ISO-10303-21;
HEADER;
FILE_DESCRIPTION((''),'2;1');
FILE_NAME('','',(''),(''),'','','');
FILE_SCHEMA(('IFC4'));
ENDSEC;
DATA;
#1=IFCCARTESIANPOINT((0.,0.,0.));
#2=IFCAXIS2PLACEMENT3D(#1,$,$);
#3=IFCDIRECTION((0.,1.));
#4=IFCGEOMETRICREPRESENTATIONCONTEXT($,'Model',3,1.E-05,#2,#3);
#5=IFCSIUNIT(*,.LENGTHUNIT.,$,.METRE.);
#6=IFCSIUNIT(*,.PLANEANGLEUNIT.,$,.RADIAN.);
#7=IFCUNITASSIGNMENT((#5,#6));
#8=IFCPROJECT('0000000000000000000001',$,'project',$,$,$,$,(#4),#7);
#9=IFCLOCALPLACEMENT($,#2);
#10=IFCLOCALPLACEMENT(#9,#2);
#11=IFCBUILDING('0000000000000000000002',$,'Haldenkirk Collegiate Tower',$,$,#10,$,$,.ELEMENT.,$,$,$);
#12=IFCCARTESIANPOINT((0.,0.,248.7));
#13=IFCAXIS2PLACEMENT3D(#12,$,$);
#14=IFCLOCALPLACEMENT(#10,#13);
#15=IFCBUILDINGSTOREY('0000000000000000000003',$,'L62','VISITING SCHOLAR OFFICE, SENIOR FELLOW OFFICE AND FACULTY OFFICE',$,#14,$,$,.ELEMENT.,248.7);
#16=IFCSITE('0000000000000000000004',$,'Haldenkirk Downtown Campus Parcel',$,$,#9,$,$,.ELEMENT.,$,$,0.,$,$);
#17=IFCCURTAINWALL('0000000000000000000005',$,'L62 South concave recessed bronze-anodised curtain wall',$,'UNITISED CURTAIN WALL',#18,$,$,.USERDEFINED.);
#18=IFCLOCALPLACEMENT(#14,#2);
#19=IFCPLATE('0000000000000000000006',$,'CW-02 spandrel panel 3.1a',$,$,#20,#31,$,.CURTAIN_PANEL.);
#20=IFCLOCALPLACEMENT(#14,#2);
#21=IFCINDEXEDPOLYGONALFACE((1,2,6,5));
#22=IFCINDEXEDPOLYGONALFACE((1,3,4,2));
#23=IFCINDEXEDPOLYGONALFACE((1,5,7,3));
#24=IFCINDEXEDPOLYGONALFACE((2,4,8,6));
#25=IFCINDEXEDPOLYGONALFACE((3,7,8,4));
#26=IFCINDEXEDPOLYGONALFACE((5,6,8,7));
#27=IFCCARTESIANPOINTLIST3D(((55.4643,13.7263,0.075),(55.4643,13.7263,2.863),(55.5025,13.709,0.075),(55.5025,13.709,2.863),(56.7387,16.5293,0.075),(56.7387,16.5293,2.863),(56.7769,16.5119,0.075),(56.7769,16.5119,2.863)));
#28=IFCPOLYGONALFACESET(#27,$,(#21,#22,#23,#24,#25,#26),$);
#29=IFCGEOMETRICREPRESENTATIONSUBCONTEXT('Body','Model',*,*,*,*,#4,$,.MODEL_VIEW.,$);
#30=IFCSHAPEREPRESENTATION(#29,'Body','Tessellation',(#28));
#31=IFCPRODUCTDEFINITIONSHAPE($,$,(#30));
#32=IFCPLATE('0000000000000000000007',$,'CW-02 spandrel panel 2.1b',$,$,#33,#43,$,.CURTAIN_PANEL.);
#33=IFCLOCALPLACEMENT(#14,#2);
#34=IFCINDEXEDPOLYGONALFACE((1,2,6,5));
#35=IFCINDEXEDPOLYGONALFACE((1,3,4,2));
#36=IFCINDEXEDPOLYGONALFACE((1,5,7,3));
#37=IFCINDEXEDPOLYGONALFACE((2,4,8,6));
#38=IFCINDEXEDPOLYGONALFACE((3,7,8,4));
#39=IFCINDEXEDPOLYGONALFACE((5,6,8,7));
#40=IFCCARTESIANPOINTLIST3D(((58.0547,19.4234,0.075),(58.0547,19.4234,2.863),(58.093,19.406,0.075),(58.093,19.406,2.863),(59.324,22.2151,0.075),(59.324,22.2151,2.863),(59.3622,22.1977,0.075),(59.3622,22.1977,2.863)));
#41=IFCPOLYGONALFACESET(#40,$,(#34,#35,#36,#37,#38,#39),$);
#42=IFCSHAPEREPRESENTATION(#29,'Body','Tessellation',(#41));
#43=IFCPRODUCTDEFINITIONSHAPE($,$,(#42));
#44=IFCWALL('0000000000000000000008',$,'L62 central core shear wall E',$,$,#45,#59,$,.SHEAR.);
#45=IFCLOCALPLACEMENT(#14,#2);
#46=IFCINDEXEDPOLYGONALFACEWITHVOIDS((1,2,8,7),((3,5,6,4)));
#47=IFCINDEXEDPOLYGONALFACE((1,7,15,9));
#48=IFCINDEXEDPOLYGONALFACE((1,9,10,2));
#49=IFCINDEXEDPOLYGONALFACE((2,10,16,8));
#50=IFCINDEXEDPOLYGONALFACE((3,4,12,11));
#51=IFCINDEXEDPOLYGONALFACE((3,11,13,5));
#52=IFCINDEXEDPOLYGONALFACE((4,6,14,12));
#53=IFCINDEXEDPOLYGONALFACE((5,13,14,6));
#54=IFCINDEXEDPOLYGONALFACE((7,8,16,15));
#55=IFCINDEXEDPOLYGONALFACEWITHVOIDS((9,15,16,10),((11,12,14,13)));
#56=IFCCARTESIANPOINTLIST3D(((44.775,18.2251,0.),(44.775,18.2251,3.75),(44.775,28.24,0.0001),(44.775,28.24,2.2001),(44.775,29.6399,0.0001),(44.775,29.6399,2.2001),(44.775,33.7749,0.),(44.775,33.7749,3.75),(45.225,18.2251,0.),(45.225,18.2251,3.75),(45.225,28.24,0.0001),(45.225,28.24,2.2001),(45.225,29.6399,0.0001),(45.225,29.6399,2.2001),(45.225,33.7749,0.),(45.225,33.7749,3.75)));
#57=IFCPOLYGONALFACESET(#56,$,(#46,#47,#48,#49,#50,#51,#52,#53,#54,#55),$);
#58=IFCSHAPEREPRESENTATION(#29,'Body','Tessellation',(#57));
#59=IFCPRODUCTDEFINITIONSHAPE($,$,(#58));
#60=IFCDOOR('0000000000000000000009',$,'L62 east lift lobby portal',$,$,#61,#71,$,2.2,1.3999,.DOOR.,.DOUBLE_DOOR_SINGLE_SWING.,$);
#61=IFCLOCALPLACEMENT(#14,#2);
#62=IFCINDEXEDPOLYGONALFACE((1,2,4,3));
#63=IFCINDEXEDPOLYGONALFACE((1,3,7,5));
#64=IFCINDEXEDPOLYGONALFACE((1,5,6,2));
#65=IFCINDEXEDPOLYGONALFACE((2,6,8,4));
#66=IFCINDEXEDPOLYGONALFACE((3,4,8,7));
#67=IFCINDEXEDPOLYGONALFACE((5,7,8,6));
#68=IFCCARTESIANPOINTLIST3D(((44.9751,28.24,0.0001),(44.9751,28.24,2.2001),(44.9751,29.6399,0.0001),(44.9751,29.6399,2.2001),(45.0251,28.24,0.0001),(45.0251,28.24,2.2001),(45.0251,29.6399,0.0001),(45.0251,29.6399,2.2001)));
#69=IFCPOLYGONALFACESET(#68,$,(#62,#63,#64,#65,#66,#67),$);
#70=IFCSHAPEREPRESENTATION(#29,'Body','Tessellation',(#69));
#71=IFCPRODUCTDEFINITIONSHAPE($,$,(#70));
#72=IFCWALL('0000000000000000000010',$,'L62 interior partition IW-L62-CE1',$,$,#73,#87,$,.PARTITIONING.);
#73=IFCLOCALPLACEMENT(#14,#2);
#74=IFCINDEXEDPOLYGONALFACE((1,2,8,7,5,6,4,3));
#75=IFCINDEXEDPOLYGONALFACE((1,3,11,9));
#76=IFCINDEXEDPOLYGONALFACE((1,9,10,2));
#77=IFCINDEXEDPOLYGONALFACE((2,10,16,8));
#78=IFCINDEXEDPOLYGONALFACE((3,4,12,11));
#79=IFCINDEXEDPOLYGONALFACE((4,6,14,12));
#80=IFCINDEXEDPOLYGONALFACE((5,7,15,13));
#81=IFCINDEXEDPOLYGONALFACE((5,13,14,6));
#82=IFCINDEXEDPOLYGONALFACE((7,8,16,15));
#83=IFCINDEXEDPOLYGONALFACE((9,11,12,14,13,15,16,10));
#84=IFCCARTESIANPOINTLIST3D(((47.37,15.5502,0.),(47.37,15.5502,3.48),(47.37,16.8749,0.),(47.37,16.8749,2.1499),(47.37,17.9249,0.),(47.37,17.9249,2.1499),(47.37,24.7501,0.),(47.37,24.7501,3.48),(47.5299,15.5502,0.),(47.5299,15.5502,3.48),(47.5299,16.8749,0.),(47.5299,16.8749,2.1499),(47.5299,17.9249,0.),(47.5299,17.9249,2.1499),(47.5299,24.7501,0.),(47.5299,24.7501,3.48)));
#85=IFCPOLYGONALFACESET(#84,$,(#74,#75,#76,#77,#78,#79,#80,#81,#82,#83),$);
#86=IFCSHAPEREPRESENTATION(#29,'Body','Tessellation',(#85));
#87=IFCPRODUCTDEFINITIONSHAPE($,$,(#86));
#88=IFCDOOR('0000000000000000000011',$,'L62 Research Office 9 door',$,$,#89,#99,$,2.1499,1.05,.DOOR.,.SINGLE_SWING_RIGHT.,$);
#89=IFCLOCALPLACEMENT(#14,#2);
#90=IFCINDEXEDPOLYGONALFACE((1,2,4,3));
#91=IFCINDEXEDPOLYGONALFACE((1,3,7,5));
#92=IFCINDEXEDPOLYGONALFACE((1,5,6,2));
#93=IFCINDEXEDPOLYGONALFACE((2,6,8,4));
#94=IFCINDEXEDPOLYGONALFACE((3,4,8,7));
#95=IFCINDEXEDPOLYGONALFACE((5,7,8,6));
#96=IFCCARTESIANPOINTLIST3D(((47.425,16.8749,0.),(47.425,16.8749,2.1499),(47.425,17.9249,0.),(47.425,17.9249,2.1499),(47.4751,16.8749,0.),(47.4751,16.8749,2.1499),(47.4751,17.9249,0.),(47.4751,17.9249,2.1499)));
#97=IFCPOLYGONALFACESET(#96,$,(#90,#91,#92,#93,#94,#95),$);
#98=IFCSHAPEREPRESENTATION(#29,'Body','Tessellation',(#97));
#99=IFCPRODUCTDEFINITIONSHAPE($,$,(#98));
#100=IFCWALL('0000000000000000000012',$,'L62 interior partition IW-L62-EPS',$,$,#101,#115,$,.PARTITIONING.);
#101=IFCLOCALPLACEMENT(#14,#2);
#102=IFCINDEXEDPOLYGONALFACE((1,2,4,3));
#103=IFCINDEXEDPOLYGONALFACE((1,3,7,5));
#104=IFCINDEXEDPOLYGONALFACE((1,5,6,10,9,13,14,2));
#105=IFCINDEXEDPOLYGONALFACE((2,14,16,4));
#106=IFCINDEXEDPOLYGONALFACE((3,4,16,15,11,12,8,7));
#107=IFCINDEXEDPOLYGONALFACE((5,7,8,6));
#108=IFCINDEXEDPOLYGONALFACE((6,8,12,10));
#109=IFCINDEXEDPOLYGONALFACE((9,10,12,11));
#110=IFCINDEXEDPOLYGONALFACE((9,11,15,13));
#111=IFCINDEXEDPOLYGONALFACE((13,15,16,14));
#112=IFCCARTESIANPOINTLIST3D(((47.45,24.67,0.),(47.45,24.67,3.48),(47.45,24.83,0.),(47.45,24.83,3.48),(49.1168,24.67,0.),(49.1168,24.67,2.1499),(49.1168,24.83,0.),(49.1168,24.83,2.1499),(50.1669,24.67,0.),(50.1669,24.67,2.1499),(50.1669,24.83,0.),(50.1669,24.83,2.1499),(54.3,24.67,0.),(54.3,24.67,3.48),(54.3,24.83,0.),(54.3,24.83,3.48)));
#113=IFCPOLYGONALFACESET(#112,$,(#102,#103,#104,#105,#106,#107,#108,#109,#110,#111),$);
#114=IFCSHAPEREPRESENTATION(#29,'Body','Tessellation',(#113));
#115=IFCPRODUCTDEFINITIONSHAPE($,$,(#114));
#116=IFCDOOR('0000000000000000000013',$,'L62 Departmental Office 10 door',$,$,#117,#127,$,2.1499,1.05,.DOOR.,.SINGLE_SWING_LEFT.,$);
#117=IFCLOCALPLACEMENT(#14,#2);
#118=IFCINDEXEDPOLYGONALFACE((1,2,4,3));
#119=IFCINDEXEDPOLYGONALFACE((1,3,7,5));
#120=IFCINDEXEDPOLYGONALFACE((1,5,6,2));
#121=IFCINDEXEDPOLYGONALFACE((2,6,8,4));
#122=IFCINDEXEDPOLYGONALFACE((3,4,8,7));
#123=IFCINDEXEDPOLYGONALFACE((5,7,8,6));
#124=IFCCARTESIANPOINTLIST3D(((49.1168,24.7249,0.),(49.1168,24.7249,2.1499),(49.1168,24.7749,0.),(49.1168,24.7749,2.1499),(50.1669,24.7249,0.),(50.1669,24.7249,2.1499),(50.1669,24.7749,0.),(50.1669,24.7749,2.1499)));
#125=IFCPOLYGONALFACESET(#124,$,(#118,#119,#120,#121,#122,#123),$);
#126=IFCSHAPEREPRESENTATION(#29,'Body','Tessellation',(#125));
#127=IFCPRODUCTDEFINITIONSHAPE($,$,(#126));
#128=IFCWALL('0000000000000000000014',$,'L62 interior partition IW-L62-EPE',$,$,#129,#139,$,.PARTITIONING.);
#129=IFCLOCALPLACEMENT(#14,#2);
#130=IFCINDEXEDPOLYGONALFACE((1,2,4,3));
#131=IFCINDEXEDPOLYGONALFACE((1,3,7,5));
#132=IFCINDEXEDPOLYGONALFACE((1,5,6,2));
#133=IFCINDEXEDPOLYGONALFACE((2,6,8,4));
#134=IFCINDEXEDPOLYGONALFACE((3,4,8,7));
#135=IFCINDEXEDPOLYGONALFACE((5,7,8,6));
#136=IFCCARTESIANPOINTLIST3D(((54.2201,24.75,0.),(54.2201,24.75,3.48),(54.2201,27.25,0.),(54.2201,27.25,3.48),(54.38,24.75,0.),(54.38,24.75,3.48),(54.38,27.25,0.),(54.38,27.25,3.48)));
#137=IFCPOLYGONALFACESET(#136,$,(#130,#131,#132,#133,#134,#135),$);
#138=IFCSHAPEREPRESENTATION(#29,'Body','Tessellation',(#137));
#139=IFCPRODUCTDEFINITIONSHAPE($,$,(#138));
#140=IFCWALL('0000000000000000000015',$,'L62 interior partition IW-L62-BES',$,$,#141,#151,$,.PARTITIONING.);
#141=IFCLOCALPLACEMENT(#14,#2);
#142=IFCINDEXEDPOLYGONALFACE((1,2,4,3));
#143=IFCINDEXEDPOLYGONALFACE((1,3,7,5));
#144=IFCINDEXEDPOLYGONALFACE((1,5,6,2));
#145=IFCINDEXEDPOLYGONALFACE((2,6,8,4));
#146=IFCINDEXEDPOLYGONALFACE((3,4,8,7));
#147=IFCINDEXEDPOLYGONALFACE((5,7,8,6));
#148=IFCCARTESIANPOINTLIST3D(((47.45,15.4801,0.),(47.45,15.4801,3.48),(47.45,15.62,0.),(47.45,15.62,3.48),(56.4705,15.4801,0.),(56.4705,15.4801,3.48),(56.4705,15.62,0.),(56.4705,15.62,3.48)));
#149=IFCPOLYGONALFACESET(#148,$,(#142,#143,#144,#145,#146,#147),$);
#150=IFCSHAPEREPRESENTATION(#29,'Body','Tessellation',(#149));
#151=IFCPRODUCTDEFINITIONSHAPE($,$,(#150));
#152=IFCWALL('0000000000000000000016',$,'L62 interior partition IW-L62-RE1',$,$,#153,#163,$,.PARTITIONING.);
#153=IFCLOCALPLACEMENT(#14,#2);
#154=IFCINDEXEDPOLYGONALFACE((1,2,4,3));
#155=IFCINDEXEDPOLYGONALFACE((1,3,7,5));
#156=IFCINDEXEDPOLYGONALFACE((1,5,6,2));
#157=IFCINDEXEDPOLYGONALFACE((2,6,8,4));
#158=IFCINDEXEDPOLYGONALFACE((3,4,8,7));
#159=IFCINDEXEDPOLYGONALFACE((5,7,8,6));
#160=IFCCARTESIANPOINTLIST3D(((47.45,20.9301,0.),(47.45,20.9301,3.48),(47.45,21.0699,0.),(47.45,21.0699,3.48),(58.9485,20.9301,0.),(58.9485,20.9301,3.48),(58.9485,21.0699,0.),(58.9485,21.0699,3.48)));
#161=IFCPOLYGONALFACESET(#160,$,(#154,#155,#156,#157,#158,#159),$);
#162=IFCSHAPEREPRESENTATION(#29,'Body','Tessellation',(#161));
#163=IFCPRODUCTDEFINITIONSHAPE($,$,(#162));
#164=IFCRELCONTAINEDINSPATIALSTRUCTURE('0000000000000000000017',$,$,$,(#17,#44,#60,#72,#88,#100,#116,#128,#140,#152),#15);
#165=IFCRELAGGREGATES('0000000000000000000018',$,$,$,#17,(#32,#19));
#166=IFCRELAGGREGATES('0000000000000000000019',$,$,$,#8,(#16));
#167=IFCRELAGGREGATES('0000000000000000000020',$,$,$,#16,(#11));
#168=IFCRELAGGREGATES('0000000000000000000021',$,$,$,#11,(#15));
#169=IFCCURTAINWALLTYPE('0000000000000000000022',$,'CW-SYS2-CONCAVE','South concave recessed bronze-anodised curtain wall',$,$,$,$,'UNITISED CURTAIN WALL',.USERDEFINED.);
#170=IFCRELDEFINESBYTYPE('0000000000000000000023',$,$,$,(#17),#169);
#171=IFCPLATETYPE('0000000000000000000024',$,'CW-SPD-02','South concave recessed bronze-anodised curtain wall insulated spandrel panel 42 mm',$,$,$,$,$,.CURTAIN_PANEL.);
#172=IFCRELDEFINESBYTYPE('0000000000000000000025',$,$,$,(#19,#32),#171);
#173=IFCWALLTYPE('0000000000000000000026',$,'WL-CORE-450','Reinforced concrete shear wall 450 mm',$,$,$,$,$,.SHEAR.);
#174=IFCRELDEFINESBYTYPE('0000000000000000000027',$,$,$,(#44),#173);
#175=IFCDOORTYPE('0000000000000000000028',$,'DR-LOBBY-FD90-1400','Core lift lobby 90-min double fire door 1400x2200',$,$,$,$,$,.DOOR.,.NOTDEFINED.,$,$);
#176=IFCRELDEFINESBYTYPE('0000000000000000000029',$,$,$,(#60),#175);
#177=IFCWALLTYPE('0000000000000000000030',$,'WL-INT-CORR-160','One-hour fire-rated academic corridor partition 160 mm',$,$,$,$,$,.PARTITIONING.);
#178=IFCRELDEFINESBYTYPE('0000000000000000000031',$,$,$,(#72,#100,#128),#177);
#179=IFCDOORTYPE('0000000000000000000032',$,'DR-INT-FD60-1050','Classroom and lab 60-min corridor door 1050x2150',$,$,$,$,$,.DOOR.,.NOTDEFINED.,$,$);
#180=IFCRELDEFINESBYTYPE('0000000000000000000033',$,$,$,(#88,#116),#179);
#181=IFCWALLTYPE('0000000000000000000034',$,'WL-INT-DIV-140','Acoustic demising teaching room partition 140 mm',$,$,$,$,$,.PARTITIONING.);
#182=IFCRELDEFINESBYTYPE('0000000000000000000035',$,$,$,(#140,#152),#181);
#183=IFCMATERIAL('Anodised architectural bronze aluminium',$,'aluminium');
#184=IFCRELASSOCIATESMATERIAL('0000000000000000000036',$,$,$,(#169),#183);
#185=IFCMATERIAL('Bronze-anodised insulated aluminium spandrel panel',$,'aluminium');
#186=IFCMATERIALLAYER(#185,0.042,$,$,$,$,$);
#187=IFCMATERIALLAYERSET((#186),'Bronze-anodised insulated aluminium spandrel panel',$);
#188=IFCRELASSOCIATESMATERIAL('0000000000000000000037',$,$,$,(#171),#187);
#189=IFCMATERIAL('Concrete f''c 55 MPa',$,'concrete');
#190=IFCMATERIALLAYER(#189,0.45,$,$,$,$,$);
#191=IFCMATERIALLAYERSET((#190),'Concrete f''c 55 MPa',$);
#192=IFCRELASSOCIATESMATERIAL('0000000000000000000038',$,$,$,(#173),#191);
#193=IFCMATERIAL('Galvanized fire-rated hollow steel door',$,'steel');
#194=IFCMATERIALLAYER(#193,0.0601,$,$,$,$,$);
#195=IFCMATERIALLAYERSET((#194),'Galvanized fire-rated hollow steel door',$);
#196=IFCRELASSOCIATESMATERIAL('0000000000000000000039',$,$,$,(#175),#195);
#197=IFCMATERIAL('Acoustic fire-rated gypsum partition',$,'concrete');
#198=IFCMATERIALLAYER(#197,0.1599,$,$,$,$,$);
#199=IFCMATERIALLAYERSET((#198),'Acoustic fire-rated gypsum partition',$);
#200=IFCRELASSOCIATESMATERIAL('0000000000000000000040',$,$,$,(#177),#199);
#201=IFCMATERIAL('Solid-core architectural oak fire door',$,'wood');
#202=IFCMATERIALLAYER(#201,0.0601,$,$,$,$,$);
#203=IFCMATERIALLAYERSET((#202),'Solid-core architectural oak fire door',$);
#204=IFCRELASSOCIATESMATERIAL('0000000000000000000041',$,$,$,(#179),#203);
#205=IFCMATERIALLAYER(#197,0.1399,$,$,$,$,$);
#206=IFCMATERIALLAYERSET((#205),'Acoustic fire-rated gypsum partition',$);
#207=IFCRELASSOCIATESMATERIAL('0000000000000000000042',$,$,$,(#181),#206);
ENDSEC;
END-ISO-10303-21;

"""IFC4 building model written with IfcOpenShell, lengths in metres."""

from ifc_helpers import new_model, si_unit, direction, frame, frame_2d, origin, origin_2d, place, context, subcontext, project, spatial, rectangle, extrude, source, transform, mapped, material, layer, layer_set, type_object, element, fill, aggregate, save


model = new_model("IFC4")

# Units and contexts
model_context = context("Model", 3, precision=1e-05, world=origin(), true_north=direction((0.0, 1.0)))
body_context = subcontext(model_context, "Body", "Model", "MODEL_VIEW")
ifc_project = project(units=[si_unit("LENGTHUNIT", "METRE"), si_unit("PLANEANGLEUNIT", "RADIAN")], contexts=[model_context])

# Site, building, storey
site_placement = place(None, origin())
site = spatial("IfcSite", under=ifc_project, at=site_placement, Name="Haldenkirk Downtown Campus Parcel", CompositionType="ELEMENT", RefElevation=0.0)
building_placement = place(site_placement, origin())
building = spatial("IfcBuilding", under=site, at=building_placement, Name="Haldenkirk Collegiate Tower", CompositionType="ELEMENT")
storey_placement = place(building_placement, frame((0.0, 0.0, 248.7)))
storey = spatial("IfcBuildingStorey", under=building, at=storey_placement, Name="L62", Description="VISITING SCHOLAR OFFICE, SENIOR FELLOW OFFICE AND FACULTY OFFICE", CompositionType="ELEMENT", Elevation=248.7)

# Curtain wall, plates
ifc_material_1 = material(Name="Anodised architectural bronze aluminium", Category="aluminium")
curtain_wall_type = type_object("IfcCurtainWallType", Name="CW-SYS2-CONCAVE", Description="South concave recessed bronze-anodised curtain wall", ElementType="UNITISED CURTAIN WALL", PredefinedType="USERDEFINED", material=ifc_material_1)
curtain_wall_placement = place(storey_placement, origin())
curtain_wall = element("IfcCurtainWall", 1, at=curtain_wall_placement, inside=storey, type_object=curtain_wall_type, Name="L62 South concave recessed bronze-anodised curtain wall", ObjectType="UNITISED CURTAIN WALL", PredefinedType="USERDEFINED")
shared_shape_1 = source(origin(), body_context, "Body", "SweptSolid", [
    extrude(rectangle(XDim=3.0791, YDim=0.042, at=origin_2d()), origin(), (0.0, 0.0, 1.0), 2.7881),
])
ifc_material_2 = material(Name="Bronze-anodised insulated aluminium spandrel panel", Category="aluminium")
ifc_layer_1 = layer(ifc_material_2, 0.042)
ifc_layer_set_1 = layer_set([ifc_layer_1], Name="Bronze-anodised insulated aluminium spandrel panel")
plate_type_1 = type_object("IfcPlateType", Name="CW-SPD-02", Description="South concave recessed bronze-anodised curtain wall insulated spandrel panel 42 mm", PredefinedType="CURTAIN_PANEL", material=ifc_layer_set_1)
plate_1_placement = place(storey_placement, frame((56.1206, 15.1191, 0.075), z_axis=(0.0, 0.0, 1.0), x_axis=(-0.413898, -0.910323, 0.0)))
plate_1 = element("IfcPlate", 2, at=plate_1_placement, type_object=plate_type_1, Name="CW-02 spandrel panel 3.1a", PredefinedType="CURTAIN_PANEL", context=body_context, shape_type="MappedRepresentation", body=[
    mapped(shared_shape_1, transform((0.0, 0.0, 0.0), x_axis=(1.0, 0.0, 0.0), y_axis=(0.0, 1.0, 0.0), z_axis=(0.0, 0.0, 1.0), scale=1.0)),
])
shared_shape_2 = source(origin(), body_context, "Body", "SweptSolid", [
    extrude(rectangle(XDim=3.0667, YDim=0.042, at=origin_2d()), origin(), (0.0, 0.0, 1.0), 2.7881),
])
plate_2_placement = place(storey_placement, frame((58.7085, 20.8105, 0.075), z_axis=(0.0, 0.0, 1.0), x_axis=(-0.413898, -0.910323, 0.0)))
plate_2 = element("IfcPlate", 3, at=plate_2_placement, type_object=plate_type_1, Name="CW-02 spandrel panel 2.1b", PredefinedType="CURTAIN_PANEL", context=body_context, shape_type="MappedRepresentation", body=[
    mapped(shared_shape_2, transform((0.0, 0.0, 0.0), x_axis=(1.0, 0.0, 0.0), y_axis=(0.0, 1.0, 0.0), z_axis=(0.0, 0.0, 1.0), scale=1.0)),
])
aggregate(curtain_wall, [plate_2, plate_1])

# Walls, openings, doors
ifc_material_3 = material(Name="Concrete f'c 55 MPa", Category="concrete")
ifc_layer_2 = layer(ifc_material_3, 0.45)
ifc_layer_set_2 = layer_set([ifc_layer_2], Name="Concrete f'c 55 MPa")
wall_type_1 = type_object("IfcWallType", Name="WL-CORE-450", Description="Reinforced concrete shear wall 450 mm", PredefinedType="SHEAR", material=ifc_layer_set_2)
wall_1_placement = place(storey_placement, frame((45.0, 18.2251, 0.0), z_axis=(0.0, 0.0, 1.0), x_axis=(0.0, 1.0, 0.0)))
wall_1 = element("IfcWall", 4, at=wall_1_placement, inside=storey, type_object=wall_type_1, Name="L62 central core shear wall E", PredefinedType="SHEAR", context=body_context, shape_type="SweptSolid", body=[
    extrude(rectangle(XDim=15.5498, YDim=0.45, at=frame_2d((7.7749, 0.0))), origin(), (0.0, 0.0, 1.0), 3.75),
])
opening_1_placement = place(wall_1_placement, frame((10.0149, 0.0, 0.0)))
opening_1 = element("IfcOpeningElement", 5, at=opening_1_placement, cuts=wall_1, PredefinedType="OPENING", context=body_context, shape_type="SweptSolid", body=[
    extrude(rectangle(XDim=1.3999, YDim=2.2, at=frame_2d((0.7, 1.1001))), frame((0.0, 0.2349, 0.0), z_axis=(0.0, -1.0, 0.0), x_axis=(1.0, 0.0, 0.0)), (0.0, 0.0, 1.0), 0.47),
])
ifc_material_4 = material(Name="Galvanized fire-rated hollow steel door", Category="steel")
ifc_layer_3 = layer(ifc_material_4, 0.0601)
ifc_layer_set_3 = layer_set([ifc_layer_3], Name="Galvanized fire-rated hollow steel door")
door_type_1 = type_object("IfcDoorType", Name="DR-LOBBY-FD90-1400", Description="Core lift lobby 90-min double fire door 1400x2200", OperationType="NOTDEFINED", PredefinedType="DOOR", material=ifc_layer_set_3)
door_1_placement = place(opening_1_placement, origin())
door_1 = element("IfcDoor", 6, at=door_1_placement, inside=storey, type_object=door_type_1, Name="L62 east lift lobby portal", OperationType="DOUBLE_DOOR_SINGLE_SWING", OverallHeight=2.2, OverallWidth=1.3999, PredefinedType="DOOR", context=body_context, shape_type="SweptSolid", body=[
    extrude(rectangle(XDim=1.3999, YDim=2.2, at=frame_2d((0.7, 1.1001))), frame((0.0, 0.0249, 0.0), z_axis=(0.0, -1.0, 0.0), x_axis=(1.0, 0.0, 0.0)), (0.0, 0.0, 1.0), 0.05),
])
fill(opening_1, door_1)
ifc_material_5 = material(Name="Acoustic fire-rated gypsum partition", Category="concrete")
ifc_layer_4 = layer(ifc_material_5, 0.1599)
ifc_layer_set_4 = layer_set([ifc_layer_4], Name="Acoustic fire-rated gypsum partition")
wall_type_2 = type_object("IfcWallType", Name="WL-INT-CORR-160", Description="One-hour fire-rated academic corridor partition 160 mm", PredefinedType="PARTITIONING", material=ifc_layer_set_4)
wall_2_placement = place(storey_placement, frame((47.45, 15.55, 0.0), z_axis=(0.0, 0.0, 1.0), x_axis=(0.0, 1.0, 0.0)))
wall_2 = element("IfcWall", 7, at=wall_2_placement, inside=storey, type_object=wall_type_2, Name="L62 interior partition IW-L62-CE1", PredefinedType="PARTITIONING", context=body_context, shape_type="SweptSolid", body=[
    extrude(rectangle(XDim=9.2, YDim=0.1599, at=frame_2d((4.6001, 0.0))), origin(), (0.0, 0.0, 1.0), 3.48),
])
opening_2_placement = place(wall_2_placement, frame((1.325, 0.0, 0.0)))
opening_2 = element("IfcOpeningElement", 8, at=opening_2_placement, cuts=wall_2, PredefinedType="OPENING", context=body_context, shape_type="SweptSolid", body=[
    extrude(rectangle(XDim=1.05, YDim=2.1499, at=frame_2d((0.5249, 1.075))), frame((0.0, 0.0898, 0.0), z_axis=(0.0, -1.0, 0.0), x_axis=(1.0, 0.0, 0.0)), (0.0, 0.0, 1.0), 0.1799),
])
ifc_material_6 = material(Name="Solid-core architectural oak fire door", Category="wood")
ifc_layer_5 = layer(ifc_material_6, 0.0601)
ifc_layer_set_5 = layer_set([ifc_layer_5], Name="Solid-core architectural oak fire door")
door_type_2 = type_object("IfcDoorType", Name="DR-INT-FD60-1050", Description="Classroom and lab 60-min corridor door 1050x2150", OperationType="NOTDEFINED", PredefinedType="DOOR", material=ifc_layer_set_5)
door_2_placement = place(opening_2_placement, origin())
door_2 = element("IfcDoor", 9, at=door_2_placement, inside=storey, type_object=door_type_2, Name="L62 Research Office 9 door", OperationType="SINGLE_SWING_RIGHT", OverallHeight=2.1499, OverallWidth=1.05, PredefinedType="DOOR", context=body_context, shape_type="SweptSolid", body=[
    extrude(rectangle(XDim=1.05, YDim=2.1499, at=frame_2d((0.5249, 1.075))), frame((0.0, 0.0249, 0.0), z_axis=(0.0, -1.0, 0.0), x_axis=(1.0, 0.0, 0.0)), (0.0, 0.0, 1.0), 0.05),
])
fill(opening_2, door_2)
wall_3_placement = place(storey_placement, frame((47.45, 24.75, 0.0), z_axis=(0.0, 0.0, 1.0), x_axis=(1.0, 0.0, 0.0)))
wall_3 = element("IfcWall", 10, at=wall_3_placement, inside=storey, type_object=wall_type_2, Name="L62 interior partition IW-L62-EPS", PredefinedType="PARTITIONING", context=body_context, shape_type="SweptSolid", body=[
    extrude(rectangle(XDim=6.8501, YDim=0.1599, at=frame_2d((3.425, 0.0))), origin(), (0.0, 0.0, 1.0), 3.48),
])
opening_3_placement = place(wall_3_placement, frame((1.667, 0.0, 0.0)))
opening_3 = element("IfcOpeningElement", 11, at=opening_3_placement, cuts=wall_3, PredefinedType="OPENING", context=body_context, shape_type="SweptSolid", body=[
    extrude(rectangle(XDim=1.05, YDim=2.1499, at=frame_2d((0.5249, 1.075))), frame((0.0, 0.0898, 0.0), z_axis=(0.0, -1.0, 0.0), x_axis=(1.0, 0.0, 0.0)), (0.0, 0.0, 1.0), 0.1799),
])
door_3_placement = place(opening_3_placement, origin())
door_3 = element("IfcDoor", 12, at=door_3_placement, inside=storey, type_object=door_type_2, Name="L62 Departmental Office 10 door", OperationType="SINGLE_SWING_LEFT", OverallHeight=2.1499, OverallWidth=1.05, PredefinedType="DOOR", context=body_context, shape_type="SweptSolid", body=[
    extrude(rectangle(XDim=1.05, YDim=2.1499, at=frame_2d((0.5249, 1.075))), frame((0.0, 0.0249, 0.0), z_axis=(0.0, -1.0, 0.0), x_axis=(1.0, 0.0, 0.0)), (0.0, 0.0, 1.0), 0.05),
])
fill(opening_3, door_3)

# Walls
wall_4_placement = place(storey_placement, frame((54.3, 24.75, 0.0), z_axis=(0.0, 0.0, 1.0), x_axis=(0.0, 1.0, 0.0)))
element("IfcWall", 13, at=wall_4_placement, inside=storey, type_object=wall_type_2, Name="L62 interior partition IW-L62-EPE", PredefinedType="PARTITIONING", context=body_context, shape_type="SweptSolid", body=[
    extrude(rectangle(XDim=2.5, YDim=0.1599, at=frame_2d((1.25, 0.0))), origin(), (0.0, 0.0, 1.0), 3.48),
])
ifc_layer_6 = layer(ifc_material_5, 0.1399)
ifc_layer_set_6 = layer_set([ifc_layer_6], Name="Acoustic fire-rated gypsum partition")
wall_type_3 = type_object("IfcWallType", Name="WL-INT-DIV-140", Description="Acoustic demising teaching room partition 140 mm", PredefinedType="PARTITIONING", material=ifc_layer_set_6)
wall_5_placement = place(storey_placement, frame((47.45, 15.55, 0.0), z_axis=(0.0, 0.0, 1.0), x_axis=(1.0, 0.0, 0.0)))
element("IfcWall", 14, at=wall_5_placement, inside=storey, type_object=wall_type_3, Name="L62 interior partition IW-L62-BES", PredefinedType="PARTITIONING", context=body_context, shape_type="SweptSolid", body=[
    extrude(rectangle(XDim=9.0205, YDim=0.1399, at=frame_2d((4.5103, 0.0))), origin(), (0.0, 0.0, 1.0), 3.48),
])
wall_6_placement = place(storey_placement, frame((47.45, 21.0, 0.0), z_axis=(0.0, 0.0, 1.0), x_axis=(1.0, 0.0, 0.0)))
element("IfcWall", 15, at=wall_6_placement, inside=storey, type_object=wall_type_3, Name="L62 interior partition IW-L62-RE1", PredefinedType="PARTITIONING", context=body_context, shape_type="SweptSolid", body=[
    extrude(rectangle(XDim=11.4985, YDim=0.1399, at=frame_2d((5.7493, 0.0))), origin(), (0.0, 0.0, 1.0), 3.48),
])

save(model, "model.ifc")
